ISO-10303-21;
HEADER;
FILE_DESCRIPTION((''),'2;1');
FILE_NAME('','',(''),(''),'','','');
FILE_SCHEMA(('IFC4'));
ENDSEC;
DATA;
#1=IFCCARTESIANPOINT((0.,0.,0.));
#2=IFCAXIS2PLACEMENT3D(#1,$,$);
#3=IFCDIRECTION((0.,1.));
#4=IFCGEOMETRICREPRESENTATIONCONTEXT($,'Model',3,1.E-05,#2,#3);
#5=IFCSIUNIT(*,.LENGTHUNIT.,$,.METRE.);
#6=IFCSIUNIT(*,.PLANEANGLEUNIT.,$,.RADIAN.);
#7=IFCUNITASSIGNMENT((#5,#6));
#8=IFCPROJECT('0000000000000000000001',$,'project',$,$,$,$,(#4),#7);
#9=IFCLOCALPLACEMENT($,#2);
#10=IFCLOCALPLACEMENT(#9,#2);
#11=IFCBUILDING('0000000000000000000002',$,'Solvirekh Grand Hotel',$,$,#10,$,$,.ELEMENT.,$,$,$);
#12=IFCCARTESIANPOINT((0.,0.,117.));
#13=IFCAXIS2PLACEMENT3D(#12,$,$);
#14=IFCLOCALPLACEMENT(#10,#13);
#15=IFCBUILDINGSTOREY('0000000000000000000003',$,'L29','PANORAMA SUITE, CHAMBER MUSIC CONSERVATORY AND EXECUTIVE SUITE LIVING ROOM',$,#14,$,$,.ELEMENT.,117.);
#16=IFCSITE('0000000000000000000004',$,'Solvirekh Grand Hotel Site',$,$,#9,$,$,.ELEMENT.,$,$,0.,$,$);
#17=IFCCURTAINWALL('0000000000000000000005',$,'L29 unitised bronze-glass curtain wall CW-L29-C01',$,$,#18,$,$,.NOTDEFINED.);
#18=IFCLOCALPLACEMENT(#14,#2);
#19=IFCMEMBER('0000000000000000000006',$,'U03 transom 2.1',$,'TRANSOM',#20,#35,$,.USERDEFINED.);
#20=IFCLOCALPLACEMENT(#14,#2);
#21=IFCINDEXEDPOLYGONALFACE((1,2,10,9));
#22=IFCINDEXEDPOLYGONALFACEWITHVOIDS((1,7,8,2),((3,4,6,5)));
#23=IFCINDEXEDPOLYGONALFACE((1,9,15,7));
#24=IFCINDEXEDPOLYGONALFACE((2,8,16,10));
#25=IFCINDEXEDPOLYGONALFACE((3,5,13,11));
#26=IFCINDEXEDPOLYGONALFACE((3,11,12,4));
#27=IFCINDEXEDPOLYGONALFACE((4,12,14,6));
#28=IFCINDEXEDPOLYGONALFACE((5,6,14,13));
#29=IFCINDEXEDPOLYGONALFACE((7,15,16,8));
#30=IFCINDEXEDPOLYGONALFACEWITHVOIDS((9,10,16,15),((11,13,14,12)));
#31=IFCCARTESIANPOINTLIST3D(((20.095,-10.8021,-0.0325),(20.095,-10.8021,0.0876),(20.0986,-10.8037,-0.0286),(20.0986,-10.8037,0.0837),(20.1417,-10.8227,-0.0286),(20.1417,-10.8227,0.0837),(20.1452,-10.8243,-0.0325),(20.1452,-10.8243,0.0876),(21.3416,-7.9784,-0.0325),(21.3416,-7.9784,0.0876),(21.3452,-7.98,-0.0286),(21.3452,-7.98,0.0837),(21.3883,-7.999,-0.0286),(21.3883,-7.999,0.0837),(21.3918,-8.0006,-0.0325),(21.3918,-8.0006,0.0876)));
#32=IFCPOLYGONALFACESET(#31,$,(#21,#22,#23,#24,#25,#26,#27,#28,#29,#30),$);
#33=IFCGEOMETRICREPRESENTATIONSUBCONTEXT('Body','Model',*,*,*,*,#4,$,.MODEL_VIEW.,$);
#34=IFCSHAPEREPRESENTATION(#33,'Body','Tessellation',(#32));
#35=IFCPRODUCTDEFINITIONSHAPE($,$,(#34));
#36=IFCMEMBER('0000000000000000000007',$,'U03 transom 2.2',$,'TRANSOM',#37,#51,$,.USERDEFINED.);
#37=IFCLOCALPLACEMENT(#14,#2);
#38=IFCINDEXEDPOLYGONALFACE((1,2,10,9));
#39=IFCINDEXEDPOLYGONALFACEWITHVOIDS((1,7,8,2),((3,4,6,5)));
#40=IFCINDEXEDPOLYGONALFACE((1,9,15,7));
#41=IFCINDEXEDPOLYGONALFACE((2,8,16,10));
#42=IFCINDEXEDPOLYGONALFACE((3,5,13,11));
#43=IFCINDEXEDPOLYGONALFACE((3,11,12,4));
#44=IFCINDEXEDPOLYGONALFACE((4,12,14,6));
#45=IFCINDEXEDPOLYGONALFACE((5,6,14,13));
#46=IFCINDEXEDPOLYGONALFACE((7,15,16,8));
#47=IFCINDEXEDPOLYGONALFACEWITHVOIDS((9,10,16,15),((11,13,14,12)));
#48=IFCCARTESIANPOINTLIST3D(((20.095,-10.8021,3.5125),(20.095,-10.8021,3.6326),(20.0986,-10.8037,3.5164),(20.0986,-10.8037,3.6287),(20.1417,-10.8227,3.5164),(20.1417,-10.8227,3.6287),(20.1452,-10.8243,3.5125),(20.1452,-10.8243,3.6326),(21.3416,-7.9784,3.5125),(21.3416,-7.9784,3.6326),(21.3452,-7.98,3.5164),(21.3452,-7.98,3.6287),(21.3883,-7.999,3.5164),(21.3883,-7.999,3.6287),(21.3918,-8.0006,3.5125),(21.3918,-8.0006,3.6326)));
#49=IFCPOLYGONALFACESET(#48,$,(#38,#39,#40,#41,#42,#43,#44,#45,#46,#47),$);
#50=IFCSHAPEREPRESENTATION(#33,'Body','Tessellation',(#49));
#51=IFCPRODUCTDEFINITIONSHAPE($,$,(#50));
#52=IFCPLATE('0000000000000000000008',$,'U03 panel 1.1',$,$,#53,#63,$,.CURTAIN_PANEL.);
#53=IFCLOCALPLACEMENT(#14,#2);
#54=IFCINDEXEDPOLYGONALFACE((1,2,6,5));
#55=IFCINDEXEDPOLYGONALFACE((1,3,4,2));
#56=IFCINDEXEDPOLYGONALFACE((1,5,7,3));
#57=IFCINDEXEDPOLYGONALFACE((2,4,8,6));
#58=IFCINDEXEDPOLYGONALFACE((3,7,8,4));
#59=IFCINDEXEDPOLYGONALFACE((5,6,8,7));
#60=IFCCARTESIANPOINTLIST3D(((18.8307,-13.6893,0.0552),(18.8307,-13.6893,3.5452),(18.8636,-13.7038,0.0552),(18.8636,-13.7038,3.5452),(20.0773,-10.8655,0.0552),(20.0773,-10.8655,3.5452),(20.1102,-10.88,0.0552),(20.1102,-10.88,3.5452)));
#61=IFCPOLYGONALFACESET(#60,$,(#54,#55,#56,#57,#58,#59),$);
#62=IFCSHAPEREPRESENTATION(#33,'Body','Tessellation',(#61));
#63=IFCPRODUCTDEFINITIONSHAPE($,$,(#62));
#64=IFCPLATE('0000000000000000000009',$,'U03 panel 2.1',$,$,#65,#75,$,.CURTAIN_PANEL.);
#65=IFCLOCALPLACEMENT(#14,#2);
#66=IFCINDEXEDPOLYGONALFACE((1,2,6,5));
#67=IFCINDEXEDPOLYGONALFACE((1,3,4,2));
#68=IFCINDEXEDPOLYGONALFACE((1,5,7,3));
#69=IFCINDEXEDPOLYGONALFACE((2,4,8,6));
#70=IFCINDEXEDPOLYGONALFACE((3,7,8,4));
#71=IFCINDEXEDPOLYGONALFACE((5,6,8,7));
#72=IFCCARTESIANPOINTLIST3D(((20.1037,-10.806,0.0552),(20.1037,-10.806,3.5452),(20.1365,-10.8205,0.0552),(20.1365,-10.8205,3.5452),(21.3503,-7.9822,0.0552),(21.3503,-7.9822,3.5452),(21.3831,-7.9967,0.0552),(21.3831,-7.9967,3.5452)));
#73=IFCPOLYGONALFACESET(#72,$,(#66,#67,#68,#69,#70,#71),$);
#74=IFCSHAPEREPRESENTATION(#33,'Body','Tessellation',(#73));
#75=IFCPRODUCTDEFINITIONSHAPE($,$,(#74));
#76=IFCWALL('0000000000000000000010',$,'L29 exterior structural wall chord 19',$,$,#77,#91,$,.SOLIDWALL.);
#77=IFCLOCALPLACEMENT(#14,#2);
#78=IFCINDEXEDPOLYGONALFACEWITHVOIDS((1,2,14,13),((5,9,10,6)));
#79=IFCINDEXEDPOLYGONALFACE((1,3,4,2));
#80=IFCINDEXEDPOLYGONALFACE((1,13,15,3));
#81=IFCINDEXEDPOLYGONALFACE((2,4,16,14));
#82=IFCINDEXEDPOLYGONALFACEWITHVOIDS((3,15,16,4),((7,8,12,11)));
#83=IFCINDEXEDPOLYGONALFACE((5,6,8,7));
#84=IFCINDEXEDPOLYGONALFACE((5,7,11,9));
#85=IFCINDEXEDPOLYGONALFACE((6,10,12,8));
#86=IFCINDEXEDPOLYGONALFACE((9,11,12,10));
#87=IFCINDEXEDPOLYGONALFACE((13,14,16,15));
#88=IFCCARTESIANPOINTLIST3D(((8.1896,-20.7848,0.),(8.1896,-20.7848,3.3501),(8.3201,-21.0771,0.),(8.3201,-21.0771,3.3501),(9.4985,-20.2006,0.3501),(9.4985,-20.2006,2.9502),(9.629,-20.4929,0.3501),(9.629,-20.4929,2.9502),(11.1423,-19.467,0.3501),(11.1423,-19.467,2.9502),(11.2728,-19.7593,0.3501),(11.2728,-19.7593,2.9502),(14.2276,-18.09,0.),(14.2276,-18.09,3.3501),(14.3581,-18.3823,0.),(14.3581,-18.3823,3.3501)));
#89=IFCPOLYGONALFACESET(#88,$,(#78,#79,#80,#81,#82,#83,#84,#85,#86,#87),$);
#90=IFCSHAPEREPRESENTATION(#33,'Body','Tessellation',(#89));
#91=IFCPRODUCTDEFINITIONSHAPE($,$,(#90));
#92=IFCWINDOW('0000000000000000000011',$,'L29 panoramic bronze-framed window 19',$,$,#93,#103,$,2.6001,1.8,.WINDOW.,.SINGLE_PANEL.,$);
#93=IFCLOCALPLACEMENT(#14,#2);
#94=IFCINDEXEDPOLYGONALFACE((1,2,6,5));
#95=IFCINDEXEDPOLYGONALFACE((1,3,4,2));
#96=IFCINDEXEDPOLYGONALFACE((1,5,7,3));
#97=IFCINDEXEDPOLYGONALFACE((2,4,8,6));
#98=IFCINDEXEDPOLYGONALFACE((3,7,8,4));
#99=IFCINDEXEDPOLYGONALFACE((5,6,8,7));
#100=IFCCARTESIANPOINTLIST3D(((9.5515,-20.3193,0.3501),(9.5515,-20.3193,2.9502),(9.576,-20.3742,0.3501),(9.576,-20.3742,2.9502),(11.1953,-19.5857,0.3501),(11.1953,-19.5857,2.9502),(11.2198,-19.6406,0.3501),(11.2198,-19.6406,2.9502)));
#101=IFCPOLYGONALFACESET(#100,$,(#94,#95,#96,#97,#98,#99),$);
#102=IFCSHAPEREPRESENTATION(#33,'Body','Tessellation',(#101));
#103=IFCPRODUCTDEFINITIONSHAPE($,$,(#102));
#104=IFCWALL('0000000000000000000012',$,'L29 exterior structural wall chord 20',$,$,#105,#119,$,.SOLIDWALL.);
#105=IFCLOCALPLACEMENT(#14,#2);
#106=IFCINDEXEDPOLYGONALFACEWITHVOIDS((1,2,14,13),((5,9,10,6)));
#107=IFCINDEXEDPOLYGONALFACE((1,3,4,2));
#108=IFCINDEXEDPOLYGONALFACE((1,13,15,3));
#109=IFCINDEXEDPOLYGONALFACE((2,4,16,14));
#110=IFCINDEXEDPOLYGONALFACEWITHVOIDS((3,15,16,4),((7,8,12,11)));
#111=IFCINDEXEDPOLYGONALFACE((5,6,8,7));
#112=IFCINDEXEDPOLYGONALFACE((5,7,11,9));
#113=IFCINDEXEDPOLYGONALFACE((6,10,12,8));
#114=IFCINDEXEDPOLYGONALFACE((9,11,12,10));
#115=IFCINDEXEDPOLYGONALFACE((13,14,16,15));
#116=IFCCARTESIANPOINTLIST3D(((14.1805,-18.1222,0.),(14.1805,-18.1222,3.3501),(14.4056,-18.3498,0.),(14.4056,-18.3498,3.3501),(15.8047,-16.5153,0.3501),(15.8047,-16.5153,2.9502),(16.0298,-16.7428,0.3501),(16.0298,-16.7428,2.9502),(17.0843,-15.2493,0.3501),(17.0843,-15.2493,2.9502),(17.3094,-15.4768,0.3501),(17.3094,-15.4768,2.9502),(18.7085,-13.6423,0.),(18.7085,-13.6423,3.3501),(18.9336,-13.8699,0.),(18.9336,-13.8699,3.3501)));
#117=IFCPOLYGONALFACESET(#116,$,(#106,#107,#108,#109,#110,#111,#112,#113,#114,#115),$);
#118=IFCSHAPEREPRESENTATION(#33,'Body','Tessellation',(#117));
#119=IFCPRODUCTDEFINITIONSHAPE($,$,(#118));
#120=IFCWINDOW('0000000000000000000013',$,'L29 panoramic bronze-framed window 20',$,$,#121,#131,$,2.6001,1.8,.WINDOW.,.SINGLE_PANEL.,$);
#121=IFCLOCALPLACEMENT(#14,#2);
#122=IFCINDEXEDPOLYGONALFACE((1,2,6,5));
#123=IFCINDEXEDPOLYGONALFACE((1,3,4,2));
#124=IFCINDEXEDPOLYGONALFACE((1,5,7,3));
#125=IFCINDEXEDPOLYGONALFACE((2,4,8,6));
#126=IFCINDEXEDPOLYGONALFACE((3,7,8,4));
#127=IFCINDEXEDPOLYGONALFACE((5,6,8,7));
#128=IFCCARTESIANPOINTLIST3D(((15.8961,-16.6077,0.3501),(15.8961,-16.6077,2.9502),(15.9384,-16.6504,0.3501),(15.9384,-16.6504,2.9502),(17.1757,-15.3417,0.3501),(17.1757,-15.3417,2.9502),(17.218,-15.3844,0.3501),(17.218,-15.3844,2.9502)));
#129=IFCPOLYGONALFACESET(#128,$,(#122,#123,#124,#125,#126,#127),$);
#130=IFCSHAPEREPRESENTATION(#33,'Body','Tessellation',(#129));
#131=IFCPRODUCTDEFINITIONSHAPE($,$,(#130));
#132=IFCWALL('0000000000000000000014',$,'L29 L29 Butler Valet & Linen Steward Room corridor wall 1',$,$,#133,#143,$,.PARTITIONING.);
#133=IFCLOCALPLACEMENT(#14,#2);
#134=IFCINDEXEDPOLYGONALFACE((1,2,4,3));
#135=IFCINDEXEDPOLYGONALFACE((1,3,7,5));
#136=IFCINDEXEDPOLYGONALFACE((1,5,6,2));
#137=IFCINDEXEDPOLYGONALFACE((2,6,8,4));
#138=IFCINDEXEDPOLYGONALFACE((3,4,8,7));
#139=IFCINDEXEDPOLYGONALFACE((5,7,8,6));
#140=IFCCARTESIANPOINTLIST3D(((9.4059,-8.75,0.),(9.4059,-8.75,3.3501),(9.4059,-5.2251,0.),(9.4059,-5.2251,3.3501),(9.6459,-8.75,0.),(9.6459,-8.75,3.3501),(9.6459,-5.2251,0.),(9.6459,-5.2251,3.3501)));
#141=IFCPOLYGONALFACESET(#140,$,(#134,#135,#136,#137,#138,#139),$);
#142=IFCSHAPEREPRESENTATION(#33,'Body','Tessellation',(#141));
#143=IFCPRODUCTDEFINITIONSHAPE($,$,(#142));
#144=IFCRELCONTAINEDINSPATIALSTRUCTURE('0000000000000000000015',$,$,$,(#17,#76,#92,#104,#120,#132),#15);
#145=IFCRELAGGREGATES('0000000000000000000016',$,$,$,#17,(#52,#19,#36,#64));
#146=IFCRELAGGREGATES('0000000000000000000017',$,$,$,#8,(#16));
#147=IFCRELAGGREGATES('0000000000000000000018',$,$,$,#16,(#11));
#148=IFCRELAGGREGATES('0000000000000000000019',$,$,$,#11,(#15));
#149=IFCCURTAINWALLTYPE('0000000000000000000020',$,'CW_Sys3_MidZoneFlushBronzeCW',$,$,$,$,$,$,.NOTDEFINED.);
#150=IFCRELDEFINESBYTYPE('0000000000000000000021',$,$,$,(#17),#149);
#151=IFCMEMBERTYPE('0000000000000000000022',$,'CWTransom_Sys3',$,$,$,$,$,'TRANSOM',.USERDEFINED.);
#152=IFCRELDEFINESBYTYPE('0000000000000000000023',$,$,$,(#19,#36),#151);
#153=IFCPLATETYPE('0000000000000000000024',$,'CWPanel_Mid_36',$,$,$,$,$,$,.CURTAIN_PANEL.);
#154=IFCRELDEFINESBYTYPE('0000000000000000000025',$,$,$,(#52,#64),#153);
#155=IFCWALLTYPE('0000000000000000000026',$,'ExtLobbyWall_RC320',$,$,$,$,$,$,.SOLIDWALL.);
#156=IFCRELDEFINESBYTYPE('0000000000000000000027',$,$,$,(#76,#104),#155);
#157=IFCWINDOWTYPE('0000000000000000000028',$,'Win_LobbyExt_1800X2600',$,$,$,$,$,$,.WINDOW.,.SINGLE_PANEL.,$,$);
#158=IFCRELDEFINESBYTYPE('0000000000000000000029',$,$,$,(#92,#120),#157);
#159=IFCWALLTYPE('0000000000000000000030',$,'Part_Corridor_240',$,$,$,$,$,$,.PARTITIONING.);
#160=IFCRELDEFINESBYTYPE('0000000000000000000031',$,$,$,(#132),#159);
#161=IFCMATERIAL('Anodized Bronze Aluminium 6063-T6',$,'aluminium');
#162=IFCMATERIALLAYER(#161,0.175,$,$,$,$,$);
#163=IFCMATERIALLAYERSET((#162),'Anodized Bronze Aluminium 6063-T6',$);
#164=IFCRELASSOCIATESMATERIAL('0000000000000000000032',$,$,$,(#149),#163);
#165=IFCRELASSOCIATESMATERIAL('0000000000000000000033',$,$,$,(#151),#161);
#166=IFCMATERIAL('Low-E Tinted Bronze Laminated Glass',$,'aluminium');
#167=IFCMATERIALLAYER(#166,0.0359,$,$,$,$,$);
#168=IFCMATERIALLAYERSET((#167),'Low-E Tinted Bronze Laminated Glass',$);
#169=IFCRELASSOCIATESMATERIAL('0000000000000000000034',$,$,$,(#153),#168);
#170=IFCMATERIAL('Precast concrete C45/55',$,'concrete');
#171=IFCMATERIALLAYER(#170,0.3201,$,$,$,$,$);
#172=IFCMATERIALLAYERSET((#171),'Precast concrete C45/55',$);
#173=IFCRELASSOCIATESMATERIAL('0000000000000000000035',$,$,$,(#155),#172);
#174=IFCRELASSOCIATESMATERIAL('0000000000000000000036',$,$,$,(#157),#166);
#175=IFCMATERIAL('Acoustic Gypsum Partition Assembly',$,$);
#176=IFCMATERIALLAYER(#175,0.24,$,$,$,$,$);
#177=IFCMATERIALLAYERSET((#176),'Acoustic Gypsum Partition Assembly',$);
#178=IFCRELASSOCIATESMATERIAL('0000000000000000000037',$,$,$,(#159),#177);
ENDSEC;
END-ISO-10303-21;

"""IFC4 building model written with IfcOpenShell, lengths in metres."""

from ifc_helpers import new_model, si_unit, direction, frame, frame_2d, origin, origin_2d, place, context, subcontext, project, spatial, rectangle, hollow_rectangle, extrude, source, transform, mapped, material, layer, layer_set, material_profile, profile_set, type_object, element, fill, aggregate, save


model = new_model("IFC4")

# Units and contexts
model_context = context("Model", 3, precision=1e-05, world=origin(), true_north=direction((0.0, 1.0)))
body_context = subcontext(model_context, "Body", "Model", "MODEL_VIEW")
ifc_project = project(units=[si_unit("LENGTHUNIT", "METRE"), si_unit("PLANEANGLEUNIT", "RADIAN")], contexts=[model_context])

# Site, building, storey
site_placement = place(None, origin())
site = spatial("IfcSite", under=ifc_project, at=site_placement, Name="Solvirekh Grand Hotel Site", CompositionType="ELEMENT", RefElevation=0.0)
building_placement = place(site_placement, origin())
building = spatial("IfcBuilding", under=site, at=building_placement, Name="Solvirekh Grand Hotel", CompositionType="ELEMENT")
storey_placement = place(building_placement, frame((0.0, 0.0, 117.0)))
storey = spatial("IfcBuildingStorey", under=building, at=storey_placement, Name="L29", Description="PANORAMA SUITE, CHAMBER MUSIC CONSERVATORY AND EXECUTIVE SUITE LIVING ROOM", CompositionType="ELEMENT", Elevation=117.0)

# Curtain wall
ifc_material_1 = material(Name="Anodized Bronze Aluminium 6063-T6", Category="aluminium")
ifc_layer_1 = layer(ifc_material_1, 0.175)
ifc_layer_set_1 = layer_set([ifc_layer_1], Name="Anodized Bronze Aluminium 6063-T6")
curtain_wall_type = type_object("IfcCurtainWallType", Name="CW_Sys3_MidZoneFlushBronzeCW", PredefinedType="NOTDEFINED", material=ifc_layer_set_1)
curtain_wall_1_placement = place(storey_placement, origin())
curtain_wall_1 = element("IfcCurtainWall", 1, at=curtain_wall_1_placement, inside=storey, type_object=curtain_wall_type, Name="L29 unitised bronze-glass curtain wall CW-L29-C01", PredefinedType="NOTDEFINED")

# Members
ifc_material_profile_1 = material_profile(ifc_material_1, hollow_rectangle(XDim=0.0549, YDim=0.1201, WallThickness=0.0039, at=origin_2d()), Name="ALU RHS 120X55X4")
ifc_profile_set_1 = profile_set([ifc_material_profile_1], Name="Anodized Bronze Aluminium 6063-T6")
member_type_1 = type_object("IfcMemberType", Name="CWTransom_Sys3", ElementType="TRANSOM", PredefinedType="USERDEFINED", material=ifc_profile_set_1)
shared_shape_1 = source(origin(), body_context, "Body", "SweptSolid", [
    extrude(hollow_rectangle(XDim=0.0549, YDim=0.1201, WallThickness=0.0039, at=origin_2d()), origin(), (0.0, 0.0, 1.0), 3.0867),
])
member_1_placement = place(storey_placement, frame((20.1201, -10.8132, 0.0276), z_axis=(0.403862, 0.91482, 0.0), x_axis=(-0.91482, 0.403862, 0.0)))
member_1 = element("IfcMember", 2, at=member_1_placement, type_object=member_type_1, Name="U03 transom 2.1", ObjectType="TRANSOM", PredefinedType="USERDEFINED", context=body_context, shape_type="MappedRepresentation", body=[
    mapped(shared_shape_1, transform((0.0, 0.0, 0.0), x_axis=(1.0, 0.0, 0.0), y_axis=(0.0, 1.0, 0.0), z_axis=(0.0, 0.0, 1.0), scale=1.0)),
])
member_2_placement = place(storey_placement, frame((20.1201, -10.8132, 3.5725), z_axis=(0.403862, 0.91482, 0.0), x_axis=(-0.91482, 0.403862, 0.0)))
member_2 = element("IfcMember", 3, at=member_2_placement, type_object=member_type_1, Name="U03 transom 2.2", ObjectType="TRANSOM", PredefinedType="USERDEFINED", context=body_context, shape_type="MappedRepresentation", body=[
    mapped(shared_shape_1, transform((0.0, 0.0, 0.0), x_axis=(1.0, 0.0, 0.0), y_axis=(0.0, 1.0, 0.0), z_axis=(0.0, 0.0, 1.0), scale=1.0)),
])

# Plates
ifc_material_2 = material(Name="Low-E Tinted Bronze Laminated Glass", Category="aluminium")
ifc_layer_2 = layer(ifc_material_2, 0.0359)
ifc_layer_set_2 = layer_set([ifc_layer_2], Name="Low-E Tinted Bronze Laminated Glass")
plate_type = type_object("IfcPlateType", Name="CWPanel_Mid_36", PredefinedType="CURTAIN_PANEL", material=ifc_layer_set_2)
shared_shape_2 = source(origin(), body_context, "Body", "SweptSolid", [
    extrude(rectangle(XDim=3.0867, YDim=0.0359, at=origin_2d()), origin(), (0.0, 0.0, 1.0), 3.49),
])
plate_1_placement = place(storey_placement, frame((19.4705, -12.2847, 0.0552), z_axis=(0.0, 0.0, 1.0), x_axis=(0.403864, 0.914819, 0.0)))
plate_1 = element("IfcPlate", 4, at=plate_1_placement, type_object=plate_type, Name="U03 panel 1.1", PredefinedType="CURTAIN_PANEL", context=body_context, shape_type="MappedRepresentation", body=[
    mapped(shared_shape_2, transform((0.0, 0.0, 0.0), x_axis=(1.0, 0.0, 0.0), y_axis=(0.0, 1.0, 0.0), z_axis=(0.0, 0.0, 1.0), scale=1.0)),
])
plate_2_placement = place(storey_placement, frame((20.7434, -9.4014, 0.0552), z_axis=(0.0, 0.0, 1.0), x_axis=(0.403864, 0.914819, 0.0)))
plate_2 = element("IfcPlate", 5, at=plate_2_placement, type_object=plate_type, Name="U03 panel 2.1", PredefinedType="CURTAIN_PANEL", context=body_context, shape_type="MappedRepresentation", body=[
    mapped(shared_shape_2, transform((0.0, 0.0, 0.0), x_axis=(1.0, 0.0, 0.0), y_axis=(0.0, 1.0, 0.0), z_axis=(0.0, 0.0, 1.0), scale=1.0)),
])
aggregate(curtain_wall_1, [plate_1, member_1, member_2, plate_2])

# Walls, openings, windows
ifc_material_3 = material(Name="Precast concrete C45/55", Category="concrete")
ifc_layer_3 = layer(ifc_material_3, 0.3201)
ifc_layer_set_3 = layer_set([ifc_layer_3], Name="Precast concrete C45/55")
wall_type_1 = type_object("IfcWallType", Name="ExtLobbyWall_RC320", PredefinedType="SOLIDWALL", material=ifc_layer_set_3)
wall_1_placement = place(storey_placement, frame((14.293, -18.2361, 0.0), z_axis=(0.0, 0.0, 1.0), x_axis=(-0.91318, -0.407556, 0.0)))
wall_1 = element("IfcWall", 6, at=wall_1_placement, inside=storey, type_object=wall_type_1, Name="L29 exterior structural wall chord 19", PredefinedType="SOLIDWALL", context=body_context, shape_type="SweptSolid", body=[
    extrude(rectangle(XDim=6.6121, YDim=0.3201, at=frame_2d((3.3062, 0.0))), origin(), (0.0, 0.0, 1.0), 3.3501),
])
opening_1_placement = place(wall_1_placement, frame((3.3789, 0.0, 0.3501)))
opening_1 = element("IfcOpeningElement", 7, at=opening_1_placement, cuts=wall_1, PredefinedType="OPENING", context=body_context, shape_type="SweptSolid", body=[
    extrude(rectangle(XDim=1.8, YDim=2.6001, at=frame_2d((0.8999, 1.3))), frame((0.0, 0.1699, 0.0), z_axis=(0.0, -1.0, 0.0), x_axis=(1.0, 0.0, 0.0)), (0.0, 0.0, 1.0), 0.3401),
])
window_type = type_object("IfcWindowType", Name="Win_LobbyExt_1800X2600", PartitioningType="SINGLE_PANEL", PredefinedType="WINDOW", material=ifc_material_2)
window_1_placement = place(opening_1_placement, origin())
window_1 = element("IfcWindow", 8, at=window_1_placement, inside=storey, type_object=window_type, Name="L29 panoramic bronze-framed window 19", OverallHeight=2.6001, OverallWidth=1.8, PartitioningType="SINGLE_PANEL", PredefinedType="WINDOW", context=body_context, shape_type="SweptSolid", body=[
    extrude(rectangle(XDim=1.8, YDim=2.6001, at=frame_2d((0.8999, 1.3))), frame((0.0, 0.03, 0.0), z_axis=(0.0, -1.0, 0.0), x_axis=(1.0, 0.0, 0.0)), (0.0, 0.0, 1.0), 0.0601),
])
fill(opening_1, window_1)
wall_2_placement = place(storey_placement, frame((18.821, -13.7561, 0.0), z_axis=(0.0, 0.0, 1.0), x_axis=(-0.710872, -0.703321, 0.0)))
wall_2 = element("IfcWall", 9, at=wall_2_placement, inside=storey, type_object=wall_type_1, Name="L29 exterior structural wall chord 20", PredefinedType="SOLIDWALL", context=body_context, shape_type="SweptSolid", body=[
    extrude(rectangle(XDim=6.3696, YDim=0.3201, at=frame_2d((3.1848, 0.0))), origin(), (0.0, 0.0, 1.0), 3.3501),
])
opening_2_placement = place(wall_2_placement, frame((2.2849, 0.0, 0.3501)))
opening_2 = element("IfcOpeningElement", 10, at=opening_2_placement, cuts=wall_2, PredefinedType="OPENING", context=body_context, shape_type="SweptSolid", body=[
    extrude(rectangle(XDim=1.8, YDim=2.6001, at=frame_2d((0.8999, 1.3))), frame((0.0, 0.1699, 0.0), z_axis=(0.0, -1.0, 0.0), x_axis=(1.0, 0.0, 0.0)), (0.0, 0.0, 1.0), 0.3401),
])
window_2_placement = place(opening_2_placement, origin())
window_2 = element("IfcWindow", 11, at=window_2_placement, inside=storey, type_object=window_type, Name="L29 panoramic bronze-framed window 20", OverallHeight=2.6001, OverallWidth=1.8, PartitioningType="SINGLE_PANEL", PredefinedType="WINDOW", context=body_context, shape_type="SweptSolid", body=[
    extrude(rectangle(XDim=1.8, YDim=2.6001, at=frame_2d((0.8999, 1.3))), frame((0.0, 0.03, 0.0), z_axis=(0.0, -1.0, 0.0), x_axis=(1.0, 0.0, 0.0)), (0.0, 0.0, 1.0), 0.0601),
])
fill(opening_2, window_2)

# Wall
ifc_material_4 = material(Name="Acoustic Gypsum Partition Assembly")
ifc_layer_4 = layer(ifc_material_4, 0.24)
ifc_layer_set_4 = layer_set([ifc_layer_4], Name="Acoustic Gypsum Partition Assembly")
wall_type_2 = type_object("IfcWallType", Name="Part_Corridor_240", PredefinedType="PARTITIONING", material=ifc_layer_set_4)
wall_3_placement = place(storey_placement, frame((9.5259, -8.75, 0.0), z_axis=(0.0, 0.0, 1.0), x_axis=(0.0, 1.0, 0.0)))
element("IfcWall", 12, at=wall_3_placement, inside=storey, type_object=wall_type_2, Name="L29 L29 Butler Valet & Linen Steward Room corridor wall 1", PredefinedType="PARTITIONING", context=body_context, shape_type="SweptSolid", body=[
    extrude(rectangle(XDim=3.5249, YDim=0.24, at=frame_2d((1.7625, 0.0))), origin(), (0.0, 0.0, 1.0), 3.3501),
])

save(model, "model.ifc")
